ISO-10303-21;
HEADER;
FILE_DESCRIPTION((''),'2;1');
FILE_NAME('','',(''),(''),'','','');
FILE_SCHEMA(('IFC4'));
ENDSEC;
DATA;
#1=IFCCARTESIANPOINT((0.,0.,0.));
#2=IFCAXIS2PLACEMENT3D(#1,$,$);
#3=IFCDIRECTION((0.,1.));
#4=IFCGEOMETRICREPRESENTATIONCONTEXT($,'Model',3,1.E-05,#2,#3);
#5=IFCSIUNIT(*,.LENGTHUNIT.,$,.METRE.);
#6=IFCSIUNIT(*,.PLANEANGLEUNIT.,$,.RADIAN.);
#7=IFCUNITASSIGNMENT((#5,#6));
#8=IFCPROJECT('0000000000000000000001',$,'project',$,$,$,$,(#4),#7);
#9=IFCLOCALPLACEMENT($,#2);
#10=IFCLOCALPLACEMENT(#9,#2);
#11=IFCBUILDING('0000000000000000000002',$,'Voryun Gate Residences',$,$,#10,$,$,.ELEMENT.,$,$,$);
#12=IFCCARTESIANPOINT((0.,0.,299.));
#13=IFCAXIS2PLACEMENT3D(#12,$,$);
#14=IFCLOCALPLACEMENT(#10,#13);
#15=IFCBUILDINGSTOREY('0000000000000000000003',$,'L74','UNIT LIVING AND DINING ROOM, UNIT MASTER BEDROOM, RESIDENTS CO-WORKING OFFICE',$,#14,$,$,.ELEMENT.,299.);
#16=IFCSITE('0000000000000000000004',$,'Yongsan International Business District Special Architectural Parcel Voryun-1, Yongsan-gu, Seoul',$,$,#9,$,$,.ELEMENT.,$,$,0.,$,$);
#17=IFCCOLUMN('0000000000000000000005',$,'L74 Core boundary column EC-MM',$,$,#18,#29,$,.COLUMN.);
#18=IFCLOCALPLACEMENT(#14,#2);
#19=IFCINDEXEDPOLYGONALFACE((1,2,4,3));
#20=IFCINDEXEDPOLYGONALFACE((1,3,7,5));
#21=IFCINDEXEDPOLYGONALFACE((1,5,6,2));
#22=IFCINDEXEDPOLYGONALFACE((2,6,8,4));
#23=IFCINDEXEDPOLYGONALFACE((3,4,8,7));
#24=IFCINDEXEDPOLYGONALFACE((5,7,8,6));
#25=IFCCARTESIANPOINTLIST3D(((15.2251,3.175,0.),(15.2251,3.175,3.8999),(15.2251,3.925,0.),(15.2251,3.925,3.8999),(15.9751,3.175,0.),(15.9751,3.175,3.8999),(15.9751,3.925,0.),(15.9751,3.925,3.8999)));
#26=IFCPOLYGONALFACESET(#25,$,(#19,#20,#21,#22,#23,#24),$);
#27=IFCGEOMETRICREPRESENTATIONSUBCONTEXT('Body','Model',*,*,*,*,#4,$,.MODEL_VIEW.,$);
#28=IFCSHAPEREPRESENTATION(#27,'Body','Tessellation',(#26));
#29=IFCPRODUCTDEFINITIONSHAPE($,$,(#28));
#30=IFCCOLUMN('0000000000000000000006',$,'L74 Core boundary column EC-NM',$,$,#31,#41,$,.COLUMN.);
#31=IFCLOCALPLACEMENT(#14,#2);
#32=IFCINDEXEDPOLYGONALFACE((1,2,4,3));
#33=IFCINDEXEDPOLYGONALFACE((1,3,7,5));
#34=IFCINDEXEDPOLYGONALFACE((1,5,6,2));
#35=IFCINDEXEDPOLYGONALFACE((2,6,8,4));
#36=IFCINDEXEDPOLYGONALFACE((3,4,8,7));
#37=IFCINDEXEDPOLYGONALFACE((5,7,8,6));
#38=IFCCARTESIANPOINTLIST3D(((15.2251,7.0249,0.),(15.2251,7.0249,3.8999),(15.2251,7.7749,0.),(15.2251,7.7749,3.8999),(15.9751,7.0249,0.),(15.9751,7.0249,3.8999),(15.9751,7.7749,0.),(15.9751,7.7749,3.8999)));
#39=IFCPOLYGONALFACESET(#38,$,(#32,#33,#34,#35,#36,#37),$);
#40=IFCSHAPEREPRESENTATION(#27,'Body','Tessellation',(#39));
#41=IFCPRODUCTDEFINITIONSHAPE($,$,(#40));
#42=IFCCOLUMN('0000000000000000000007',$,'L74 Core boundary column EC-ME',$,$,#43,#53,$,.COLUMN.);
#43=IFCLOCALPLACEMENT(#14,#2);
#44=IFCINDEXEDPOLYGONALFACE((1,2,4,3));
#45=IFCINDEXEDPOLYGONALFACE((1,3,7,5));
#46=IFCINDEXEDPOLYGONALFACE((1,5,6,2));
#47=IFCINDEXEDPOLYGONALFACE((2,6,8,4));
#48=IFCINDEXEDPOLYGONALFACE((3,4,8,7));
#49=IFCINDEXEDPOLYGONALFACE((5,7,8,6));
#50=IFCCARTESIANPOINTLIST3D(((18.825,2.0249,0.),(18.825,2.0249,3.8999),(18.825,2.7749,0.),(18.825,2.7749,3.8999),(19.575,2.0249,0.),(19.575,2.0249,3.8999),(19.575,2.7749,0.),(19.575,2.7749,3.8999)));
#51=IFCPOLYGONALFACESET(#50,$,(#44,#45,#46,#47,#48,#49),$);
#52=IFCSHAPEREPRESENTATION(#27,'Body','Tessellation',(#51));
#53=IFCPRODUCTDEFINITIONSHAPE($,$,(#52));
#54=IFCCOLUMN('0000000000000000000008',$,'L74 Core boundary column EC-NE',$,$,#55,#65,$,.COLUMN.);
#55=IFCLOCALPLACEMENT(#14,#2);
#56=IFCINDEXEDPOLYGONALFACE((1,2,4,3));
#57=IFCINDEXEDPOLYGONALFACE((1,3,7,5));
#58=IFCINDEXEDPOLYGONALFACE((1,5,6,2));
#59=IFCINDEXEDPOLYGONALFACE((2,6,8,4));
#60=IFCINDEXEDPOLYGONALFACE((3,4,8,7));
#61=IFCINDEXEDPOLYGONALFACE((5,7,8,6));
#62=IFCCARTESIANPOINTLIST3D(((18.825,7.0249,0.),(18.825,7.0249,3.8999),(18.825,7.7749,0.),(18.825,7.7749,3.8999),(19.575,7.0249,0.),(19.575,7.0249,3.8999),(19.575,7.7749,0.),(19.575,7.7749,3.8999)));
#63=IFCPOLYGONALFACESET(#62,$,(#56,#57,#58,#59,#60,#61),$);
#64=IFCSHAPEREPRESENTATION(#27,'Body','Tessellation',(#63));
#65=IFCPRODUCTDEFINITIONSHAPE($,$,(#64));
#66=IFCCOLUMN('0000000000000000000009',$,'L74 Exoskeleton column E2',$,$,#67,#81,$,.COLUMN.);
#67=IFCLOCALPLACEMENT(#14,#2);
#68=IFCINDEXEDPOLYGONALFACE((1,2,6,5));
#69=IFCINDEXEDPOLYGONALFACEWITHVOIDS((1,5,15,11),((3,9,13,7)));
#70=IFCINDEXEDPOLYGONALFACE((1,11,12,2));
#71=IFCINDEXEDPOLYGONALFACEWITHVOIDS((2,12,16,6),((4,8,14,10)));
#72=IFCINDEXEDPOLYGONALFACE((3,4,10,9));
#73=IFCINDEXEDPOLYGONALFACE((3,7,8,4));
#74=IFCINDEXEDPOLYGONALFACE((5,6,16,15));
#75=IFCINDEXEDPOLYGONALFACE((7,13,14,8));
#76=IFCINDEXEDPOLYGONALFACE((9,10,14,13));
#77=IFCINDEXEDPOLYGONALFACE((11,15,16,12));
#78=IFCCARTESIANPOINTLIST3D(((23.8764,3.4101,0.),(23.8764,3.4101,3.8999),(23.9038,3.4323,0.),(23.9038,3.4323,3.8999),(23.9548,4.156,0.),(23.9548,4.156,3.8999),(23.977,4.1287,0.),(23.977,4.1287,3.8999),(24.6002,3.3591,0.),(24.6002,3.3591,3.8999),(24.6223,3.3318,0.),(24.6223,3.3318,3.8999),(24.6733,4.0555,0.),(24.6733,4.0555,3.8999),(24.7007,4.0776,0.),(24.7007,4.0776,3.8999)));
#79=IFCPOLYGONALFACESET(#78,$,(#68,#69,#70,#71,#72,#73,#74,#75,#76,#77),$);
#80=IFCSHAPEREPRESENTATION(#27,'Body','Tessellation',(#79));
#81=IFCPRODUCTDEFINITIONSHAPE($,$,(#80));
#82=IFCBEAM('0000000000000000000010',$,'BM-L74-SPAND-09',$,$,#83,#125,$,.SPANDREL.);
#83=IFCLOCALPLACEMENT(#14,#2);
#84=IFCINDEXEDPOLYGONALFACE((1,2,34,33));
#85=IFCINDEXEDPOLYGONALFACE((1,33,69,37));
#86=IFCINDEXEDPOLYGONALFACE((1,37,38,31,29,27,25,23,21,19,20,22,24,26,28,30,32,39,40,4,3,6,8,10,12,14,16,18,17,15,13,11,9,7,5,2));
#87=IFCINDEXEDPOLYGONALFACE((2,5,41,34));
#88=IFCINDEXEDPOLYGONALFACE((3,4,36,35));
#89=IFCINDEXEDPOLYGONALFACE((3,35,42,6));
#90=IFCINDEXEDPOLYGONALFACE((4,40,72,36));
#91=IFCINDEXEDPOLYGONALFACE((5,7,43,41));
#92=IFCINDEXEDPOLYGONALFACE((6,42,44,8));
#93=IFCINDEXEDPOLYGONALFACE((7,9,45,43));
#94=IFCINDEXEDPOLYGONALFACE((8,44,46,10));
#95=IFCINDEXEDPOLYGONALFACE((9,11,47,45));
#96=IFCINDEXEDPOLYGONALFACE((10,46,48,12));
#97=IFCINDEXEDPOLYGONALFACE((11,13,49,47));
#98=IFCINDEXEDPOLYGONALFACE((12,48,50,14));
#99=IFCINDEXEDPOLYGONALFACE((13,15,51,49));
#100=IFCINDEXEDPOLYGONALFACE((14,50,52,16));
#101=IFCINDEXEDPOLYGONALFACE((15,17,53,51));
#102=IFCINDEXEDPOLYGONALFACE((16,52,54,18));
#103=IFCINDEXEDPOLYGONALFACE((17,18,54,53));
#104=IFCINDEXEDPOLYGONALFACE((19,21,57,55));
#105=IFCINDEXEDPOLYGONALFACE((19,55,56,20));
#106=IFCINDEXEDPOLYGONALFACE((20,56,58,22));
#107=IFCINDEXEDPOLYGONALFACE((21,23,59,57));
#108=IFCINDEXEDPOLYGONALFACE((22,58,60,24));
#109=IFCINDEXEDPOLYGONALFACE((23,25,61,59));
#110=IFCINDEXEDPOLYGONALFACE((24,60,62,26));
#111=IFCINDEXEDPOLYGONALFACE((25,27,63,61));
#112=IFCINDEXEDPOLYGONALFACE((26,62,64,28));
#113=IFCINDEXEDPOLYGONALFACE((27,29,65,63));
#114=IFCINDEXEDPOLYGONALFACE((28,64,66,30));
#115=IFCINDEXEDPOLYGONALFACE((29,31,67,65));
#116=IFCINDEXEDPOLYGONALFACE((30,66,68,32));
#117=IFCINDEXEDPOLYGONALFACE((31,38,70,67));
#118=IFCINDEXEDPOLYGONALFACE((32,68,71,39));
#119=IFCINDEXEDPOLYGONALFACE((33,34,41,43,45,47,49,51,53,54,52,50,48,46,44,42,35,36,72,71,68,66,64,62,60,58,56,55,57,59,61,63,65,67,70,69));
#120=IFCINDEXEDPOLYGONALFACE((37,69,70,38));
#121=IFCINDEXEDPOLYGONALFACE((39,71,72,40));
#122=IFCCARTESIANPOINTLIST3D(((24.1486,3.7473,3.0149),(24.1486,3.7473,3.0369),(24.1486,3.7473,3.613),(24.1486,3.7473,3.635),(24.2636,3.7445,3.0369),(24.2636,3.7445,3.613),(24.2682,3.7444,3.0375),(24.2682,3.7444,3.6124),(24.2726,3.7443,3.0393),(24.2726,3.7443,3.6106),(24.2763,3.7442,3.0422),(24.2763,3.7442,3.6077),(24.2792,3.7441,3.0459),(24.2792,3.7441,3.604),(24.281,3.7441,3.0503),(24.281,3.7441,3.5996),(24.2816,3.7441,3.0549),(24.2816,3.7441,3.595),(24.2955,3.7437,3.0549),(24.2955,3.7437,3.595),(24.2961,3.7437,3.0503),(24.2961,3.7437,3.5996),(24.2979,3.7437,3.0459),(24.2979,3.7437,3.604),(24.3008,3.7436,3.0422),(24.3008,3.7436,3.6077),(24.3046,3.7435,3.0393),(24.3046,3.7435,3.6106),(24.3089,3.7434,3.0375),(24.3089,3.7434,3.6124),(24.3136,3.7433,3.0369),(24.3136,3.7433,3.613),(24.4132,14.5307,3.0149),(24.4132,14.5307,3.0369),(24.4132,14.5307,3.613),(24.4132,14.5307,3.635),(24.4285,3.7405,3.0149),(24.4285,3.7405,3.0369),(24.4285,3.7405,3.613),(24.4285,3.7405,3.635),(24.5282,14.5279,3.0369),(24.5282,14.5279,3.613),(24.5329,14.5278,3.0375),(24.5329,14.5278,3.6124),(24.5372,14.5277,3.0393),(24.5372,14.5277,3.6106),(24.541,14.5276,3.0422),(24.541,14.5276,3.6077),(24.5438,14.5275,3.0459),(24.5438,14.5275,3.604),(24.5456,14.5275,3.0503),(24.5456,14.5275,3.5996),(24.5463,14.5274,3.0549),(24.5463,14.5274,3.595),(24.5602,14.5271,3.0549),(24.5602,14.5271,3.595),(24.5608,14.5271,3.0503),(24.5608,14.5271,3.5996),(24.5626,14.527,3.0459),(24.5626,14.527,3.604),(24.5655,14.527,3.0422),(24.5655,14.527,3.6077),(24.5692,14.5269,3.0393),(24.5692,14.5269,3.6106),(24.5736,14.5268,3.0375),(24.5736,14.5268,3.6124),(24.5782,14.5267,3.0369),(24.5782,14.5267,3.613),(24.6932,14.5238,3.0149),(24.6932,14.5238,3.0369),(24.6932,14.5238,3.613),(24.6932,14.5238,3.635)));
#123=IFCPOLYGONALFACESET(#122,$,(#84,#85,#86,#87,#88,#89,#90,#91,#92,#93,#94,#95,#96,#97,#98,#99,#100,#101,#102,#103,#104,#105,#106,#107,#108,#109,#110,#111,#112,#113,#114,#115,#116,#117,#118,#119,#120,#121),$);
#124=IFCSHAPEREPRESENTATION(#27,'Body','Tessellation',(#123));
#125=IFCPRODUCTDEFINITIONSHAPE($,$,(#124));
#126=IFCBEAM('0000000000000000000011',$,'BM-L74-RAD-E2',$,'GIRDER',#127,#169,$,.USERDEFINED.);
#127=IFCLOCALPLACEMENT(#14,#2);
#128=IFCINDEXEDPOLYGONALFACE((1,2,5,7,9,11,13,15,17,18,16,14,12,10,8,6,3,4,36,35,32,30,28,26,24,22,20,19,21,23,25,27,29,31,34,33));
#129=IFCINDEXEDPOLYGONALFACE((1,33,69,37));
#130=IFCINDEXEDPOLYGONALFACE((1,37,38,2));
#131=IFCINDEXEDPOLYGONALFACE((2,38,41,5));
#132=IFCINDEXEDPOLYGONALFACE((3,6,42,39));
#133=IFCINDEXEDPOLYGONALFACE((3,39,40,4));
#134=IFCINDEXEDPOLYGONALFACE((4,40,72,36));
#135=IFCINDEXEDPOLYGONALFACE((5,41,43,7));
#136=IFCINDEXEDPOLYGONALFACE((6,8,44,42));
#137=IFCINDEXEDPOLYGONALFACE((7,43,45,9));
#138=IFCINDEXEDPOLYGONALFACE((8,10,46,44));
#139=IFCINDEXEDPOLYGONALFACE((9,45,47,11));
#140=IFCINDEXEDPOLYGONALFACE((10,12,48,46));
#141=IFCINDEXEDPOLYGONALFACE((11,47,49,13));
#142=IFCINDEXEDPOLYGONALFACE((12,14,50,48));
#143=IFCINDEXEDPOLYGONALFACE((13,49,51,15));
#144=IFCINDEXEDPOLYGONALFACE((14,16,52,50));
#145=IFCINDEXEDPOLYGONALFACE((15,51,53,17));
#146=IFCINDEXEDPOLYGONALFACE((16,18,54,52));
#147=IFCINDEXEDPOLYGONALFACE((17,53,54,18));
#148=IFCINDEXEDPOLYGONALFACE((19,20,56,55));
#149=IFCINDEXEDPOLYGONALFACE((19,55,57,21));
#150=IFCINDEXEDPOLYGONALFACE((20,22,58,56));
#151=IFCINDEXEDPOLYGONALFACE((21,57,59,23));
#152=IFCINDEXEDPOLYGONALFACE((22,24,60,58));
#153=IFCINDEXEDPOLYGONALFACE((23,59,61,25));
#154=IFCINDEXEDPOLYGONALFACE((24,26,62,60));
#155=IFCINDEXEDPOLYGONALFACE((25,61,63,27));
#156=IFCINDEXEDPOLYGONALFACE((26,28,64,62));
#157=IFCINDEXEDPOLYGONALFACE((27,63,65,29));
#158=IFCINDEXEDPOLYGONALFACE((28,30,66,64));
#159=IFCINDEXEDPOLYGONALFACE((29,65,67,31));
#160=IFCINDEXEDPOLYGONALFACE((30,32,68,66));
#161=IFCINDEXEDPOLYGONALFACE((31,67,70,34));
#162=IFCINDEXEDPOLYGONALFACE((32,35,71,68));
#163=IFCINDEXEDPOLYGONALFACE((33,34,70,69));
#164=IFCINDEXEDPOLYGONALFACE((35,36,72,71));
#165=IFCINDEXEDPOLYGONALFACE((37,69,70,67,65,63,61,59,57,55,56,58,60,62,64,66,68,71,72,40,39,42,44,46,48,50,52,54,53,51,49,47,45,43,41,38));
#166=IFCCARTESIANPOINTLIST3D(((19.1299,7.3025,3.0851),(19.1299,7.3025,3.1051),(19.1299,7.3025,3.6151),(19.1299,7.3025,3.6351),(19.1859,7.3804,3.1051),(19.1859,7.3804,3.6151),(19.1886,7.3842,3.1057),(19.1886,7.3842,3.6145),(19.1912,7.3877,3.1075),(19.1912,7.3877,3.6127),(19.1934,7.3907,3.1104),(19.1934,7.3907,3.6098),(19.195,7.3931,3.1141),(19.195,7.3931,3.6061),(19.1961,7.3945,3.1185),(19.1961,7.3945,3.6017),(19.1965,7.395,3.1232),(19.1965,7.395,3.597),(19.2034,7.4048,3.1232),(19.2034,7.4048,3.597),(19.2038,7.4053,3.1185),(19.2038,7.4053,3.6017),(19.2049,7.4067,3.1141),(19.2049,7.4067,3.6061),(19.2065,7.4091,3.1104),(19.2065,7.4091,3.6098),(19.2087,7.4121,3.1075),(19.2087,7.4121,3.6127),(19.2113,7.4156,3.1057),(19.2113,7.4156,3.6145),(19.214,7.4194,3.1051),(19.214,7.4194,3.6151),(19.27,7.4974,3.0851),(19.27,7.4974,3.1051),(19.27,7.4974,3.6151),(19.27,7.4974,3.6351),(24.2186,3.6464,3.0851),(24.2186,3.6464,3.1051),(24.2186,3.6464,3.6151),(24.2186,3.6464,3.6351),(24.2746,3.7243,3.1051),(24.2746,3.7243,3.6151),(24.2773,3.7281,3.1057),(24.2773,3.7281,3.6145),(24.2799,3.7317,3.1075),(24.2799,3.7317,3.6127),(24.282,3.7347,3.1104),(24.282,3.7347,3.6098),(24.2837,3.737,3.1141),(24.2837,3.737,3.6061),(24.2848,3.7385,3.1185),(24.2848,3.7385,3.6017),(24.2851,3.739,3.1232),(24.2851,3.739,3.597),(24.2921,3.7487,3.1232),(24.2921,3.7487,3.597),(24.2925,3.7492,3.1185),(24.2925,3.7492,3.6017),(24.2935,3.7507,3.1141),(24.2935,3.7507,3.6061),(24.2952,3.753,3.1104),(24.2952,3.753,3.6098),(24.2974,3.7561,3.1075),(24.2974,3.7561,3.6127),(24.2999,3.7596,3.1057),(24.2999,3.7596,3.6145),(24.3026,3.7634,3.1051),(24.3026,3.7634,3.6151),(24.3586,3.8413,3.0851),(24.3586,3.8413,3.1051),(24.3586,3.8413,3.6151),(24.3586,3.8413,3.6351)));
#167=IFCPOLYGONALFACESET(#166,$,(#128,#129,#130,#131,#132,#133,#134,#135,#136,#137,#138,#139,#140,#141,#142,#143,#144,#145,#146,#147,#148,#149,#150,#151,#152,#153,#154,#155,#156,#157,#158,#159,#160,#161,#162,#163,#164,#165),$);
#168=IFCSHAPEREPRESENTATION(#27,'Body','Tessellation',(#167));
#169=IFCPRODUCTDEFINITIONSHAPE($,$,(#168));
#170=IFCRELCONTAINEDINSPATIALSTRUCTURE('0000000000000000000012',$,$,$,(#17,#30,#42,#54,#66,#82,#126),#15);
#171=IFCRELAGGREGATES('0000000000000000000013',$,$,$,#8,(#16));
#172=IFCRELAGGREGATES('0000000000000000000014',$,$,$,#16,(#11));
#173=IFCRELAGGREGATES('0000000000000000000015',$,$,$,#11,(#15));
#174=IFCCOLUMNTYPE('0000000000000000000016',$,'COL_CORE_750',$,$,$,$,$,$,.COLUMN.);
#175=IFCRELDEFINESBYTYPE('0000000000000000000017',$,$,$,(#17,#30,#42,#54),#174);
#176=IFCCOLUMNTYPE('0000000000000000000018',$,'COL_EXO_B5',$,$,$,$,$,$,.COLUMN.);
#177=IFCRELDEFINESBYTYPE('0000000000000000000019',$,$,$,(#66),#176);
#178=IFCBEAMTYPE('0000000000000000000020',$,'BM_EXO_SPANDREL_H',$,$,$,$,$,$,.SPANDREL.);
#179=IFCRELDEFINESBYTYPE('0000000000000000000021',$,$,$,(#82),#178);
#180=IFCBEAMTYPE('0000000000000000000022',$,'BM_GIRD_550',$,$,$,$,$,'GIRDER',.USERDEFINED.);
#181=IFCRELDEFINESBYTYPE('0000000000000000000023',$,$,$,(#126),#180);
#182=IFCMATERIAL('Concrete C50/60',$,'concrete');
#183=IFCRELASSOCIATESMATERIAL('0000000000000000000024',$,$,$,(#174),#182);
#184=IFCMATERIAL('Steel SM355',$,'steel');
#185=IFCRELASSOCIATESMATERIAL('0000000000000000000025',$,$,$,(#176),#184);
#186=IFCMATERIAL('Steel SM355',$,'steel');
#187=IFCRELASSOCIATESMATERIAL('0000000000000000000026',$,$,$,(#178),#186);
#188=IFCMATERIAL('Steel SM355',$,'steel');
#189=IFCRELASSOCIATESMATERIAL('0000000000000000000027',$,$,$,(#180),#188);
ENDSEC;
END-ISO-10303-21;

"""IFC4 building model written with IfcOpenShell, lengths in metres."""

from ifc_helpers import new_model, si_unit, direction, frame, origin, origin_2d, place, context, subcontext, project, spatial, rectangle, hollow_rectangle, i_section, extrude, material, material_profile, profile_set, type_object, element, save


model = new_model("IFC4")

# Units and contexts
model_context = context("Model", 3, precision=1e-05, world=origin(), true_north=direction((0.0, 1.0)))
body_context = subcontext(model_context, "Body", "Model", "MODEL_VIEW")
ifc_project = project(units=[si_unit("LENGTHUNIT", "METRE"), si_unit("PLANEANGLEUNIT", "RADIAN")], contexts=[model_context])

# Site, building, storey
site_placement = place(None, origin())
site = spatial("IfcSite", under=ifc_project, at=site_placement, Name="Yongsan International Business District Special Architectural Parcel Voryun-1, Yongsan-gu, Seoul", CompositionType="ELEMENT", RefElevation=0.0)
building_placement = place(site_placement, origin())
building = spatial("IfcBuilding", under=site, at=building_placement, Name="Voryun Gate Residences", CompositionType="ELEMENT")
storey_placement = place(building_placement, frame((0.0, 0.0, 299.0)))
storey = spatial("IfcBuildingStorey", under=building, at=storey_placement, Name="L74", Description="UNIT LIVING AND DINING ROOM, UNIT MASTER BEDROOM, RESIDENTS CO-WORKING OFFICE", CompositionType="ELEMENT", Elevation=299.0)

# Columns
ifc_material_1 = material(Name="Concrete C50/60", Category="concrete")
ifc_material_profile_1 = material_profile(ifc_material_1, rectangle(XDim=0.75, YDim=0.75, at=origin_2d()), Name="RC-750x750")
ifc_profile_set_1 = profile_set([ifc_material_profile_1], Name="Concrete C50/60")
column_type_1 = type_object("IfcColumnType", Name="COL_CORE_750", PredefinedType="COLUMN", material=ifc_profile_set_1)
for number, where, z_axis, x_axis, name in (
    (1, (15.6001, 3.55, 0.0), (0.0, 0.0, 1.0), (1.0, 0.0, 0.0), "L74 Core boundary column EC-MM"),
    (2, (15.6001, 7.3999, 0.0), (0.0, 0.0, 1.0), (1.0, 0.0, 0.0), "L74 Core boundary column EC-NM"),
    (3, (19.2, 2.3999, 0.0), (0.0, 0.0, 1.0), (1.0, 0.0, 0.0), "L74 Core boundary column EC-ME"),
    (4, (19.2, 7.3999, 0.0), (0.0, 0.0, 1.0), (1.0, 0.0, 0.0), "L74 Core boundary column EC-NE"),
):
    element("IfcColumn", number, at=place(storey_placement, frame(where, z_axis=z_axis, x_axis=x_axis)), inside=storey, type_object=column_type_1, Name=name, PredefinedType="COLUMN", context=body_context, shape_type="SweptSolid", body=[
        extrude(rectangle(XDim=0.75, YDim=0.75, at=origin_2d()), origin(), (0.0, 0.0, 1.0), 3.8999),
    ])
ifc_material_2 = material(Name="Steel SM355", Category="steel")
ifc_material_profile_2 = material_profile(ifc_material_2, hollow_rectangle(XDim=0.75, YDim=0.75, WallThickness=0.0249, at=origin_2d()), Name="BOX-750x750x25")
ifc_profile_set_2 = profile_set([ifc_material_profile_2], Name="Steel SM355")
column_type_2 = type_object("IfcColumnType", Name="COL_EXO_B5", PredefinedType="COLUMN", material=ifc_profile_set_2)
column_placement = place(storey_placement, frame((24.2886, 3.7439, 0.0), z_axis=(0.0, 0.0, 1.0), x_axis=(0.994522, -0.104528, 0.0)))
element("IfcColumn", 5, at=column_placement, inside=storey, type_object=column_type_2, Name="L74 Exoskeleton column E2", PredefinedType="COLUMN", context=body_context, shape_type="SweptSolid", body=[
    extrude(hollow_rectangle(XDim=0.75, YDim=0.75, WallThickness=0.0249, at=origin_2d()), origin(), (0.0, 0.0, 1.0), 3.8999),
])

# Beams
ifc_material_3 = material(Name="Steel SM355", Category="steel")
ifc_material_profile_3 = material_profile(ifc_material_3, i_section(OverallWidth=0.28, OverallDepth=0.6201, WebThickness=0.0139, FlangeThickness=0.022, FilletRadius=0.0181, at=origin_2d()), Name="H-620x280x14x22")
ifc_profile_set_3 = profile_set([ifc_material_profile_3], Name="Steel SM355")
beam_type_1 = type_object("IfcBeamType", Name="BM_EXO_SPANDREL_H", PredefinedType="SPANDREL", material=ifc_profile_set_3)
beam_1_placement = place(storey_placement, frame((24.2886, 3.7439, 3.325), z_axis=(0.024535, 0.999699, 0.0), x_axis=(-0.999699, 0.024535, 0.0)))
element("IfcBeam", 6, at=beam_1_placement, inside=storey, type_object=beam_type_1, Name="BM-L74-SPAND-09", PredefinedType="SPANDREL", context=body_context, shape_type="SweptSolid", body=[
    extrude(i_section(OverallWidth=0.28, OverallDepth=0.6201, WebThickness=0.0139, FlangeThickness=0.022, FilletRadius=0.0181, at=origin_2d()), origin(), (0.0, 0.0, 1.0), 10.7866),
])
ifc_material_4 = material(Name="Steel SM355", Category="steel")
ifc_material_profile_4 = material_profile(ifc_material_4, i_section(OverallWidth=0.24, OverallDepth=0.55, WebThickness=0.012, FlangeThickness=0.02, FilletRadius=0.0181, at=origin_2d()), Name="H-550x240x12x20")
ifc_profile_set_4 = profile_set([ifc_material_profile_4], Name="Steel SM355")
beam_type_2 = type_object("IfcBeamType", Name="BM_GIRD_550", ElementType="GIRDER", PredefinedType="USERDEFINED", material=ifc_profile_set_4)
beam_2_placement = place(storey_placement, frame((19.2, 7.3999, 3.3601), z_axis=(0.812124, -0.583484, 0.0), x_axis=(0.583484, 0.812124, 0.0)))
element("IfcBeam", 7, at=beam_2_placement, inside=storey, type_object=beam_type_2, Name="BM-L74-RAD-E2", ObjectType="GIRDER", PredefinedType="USERDEFINED", context=body_context, shape_type="SweptSolid", body=[
    extrude(i_section(OverallWidth=0.24, OverallDepth=0.55, WebThickness=0.012, FlangeThickness=0.02, FilletRadius=0.0181, at=origin_2d()), origin(), (0.0, 0.0, 1.0), 6.2659),
])

save(model, "model.ifc")
